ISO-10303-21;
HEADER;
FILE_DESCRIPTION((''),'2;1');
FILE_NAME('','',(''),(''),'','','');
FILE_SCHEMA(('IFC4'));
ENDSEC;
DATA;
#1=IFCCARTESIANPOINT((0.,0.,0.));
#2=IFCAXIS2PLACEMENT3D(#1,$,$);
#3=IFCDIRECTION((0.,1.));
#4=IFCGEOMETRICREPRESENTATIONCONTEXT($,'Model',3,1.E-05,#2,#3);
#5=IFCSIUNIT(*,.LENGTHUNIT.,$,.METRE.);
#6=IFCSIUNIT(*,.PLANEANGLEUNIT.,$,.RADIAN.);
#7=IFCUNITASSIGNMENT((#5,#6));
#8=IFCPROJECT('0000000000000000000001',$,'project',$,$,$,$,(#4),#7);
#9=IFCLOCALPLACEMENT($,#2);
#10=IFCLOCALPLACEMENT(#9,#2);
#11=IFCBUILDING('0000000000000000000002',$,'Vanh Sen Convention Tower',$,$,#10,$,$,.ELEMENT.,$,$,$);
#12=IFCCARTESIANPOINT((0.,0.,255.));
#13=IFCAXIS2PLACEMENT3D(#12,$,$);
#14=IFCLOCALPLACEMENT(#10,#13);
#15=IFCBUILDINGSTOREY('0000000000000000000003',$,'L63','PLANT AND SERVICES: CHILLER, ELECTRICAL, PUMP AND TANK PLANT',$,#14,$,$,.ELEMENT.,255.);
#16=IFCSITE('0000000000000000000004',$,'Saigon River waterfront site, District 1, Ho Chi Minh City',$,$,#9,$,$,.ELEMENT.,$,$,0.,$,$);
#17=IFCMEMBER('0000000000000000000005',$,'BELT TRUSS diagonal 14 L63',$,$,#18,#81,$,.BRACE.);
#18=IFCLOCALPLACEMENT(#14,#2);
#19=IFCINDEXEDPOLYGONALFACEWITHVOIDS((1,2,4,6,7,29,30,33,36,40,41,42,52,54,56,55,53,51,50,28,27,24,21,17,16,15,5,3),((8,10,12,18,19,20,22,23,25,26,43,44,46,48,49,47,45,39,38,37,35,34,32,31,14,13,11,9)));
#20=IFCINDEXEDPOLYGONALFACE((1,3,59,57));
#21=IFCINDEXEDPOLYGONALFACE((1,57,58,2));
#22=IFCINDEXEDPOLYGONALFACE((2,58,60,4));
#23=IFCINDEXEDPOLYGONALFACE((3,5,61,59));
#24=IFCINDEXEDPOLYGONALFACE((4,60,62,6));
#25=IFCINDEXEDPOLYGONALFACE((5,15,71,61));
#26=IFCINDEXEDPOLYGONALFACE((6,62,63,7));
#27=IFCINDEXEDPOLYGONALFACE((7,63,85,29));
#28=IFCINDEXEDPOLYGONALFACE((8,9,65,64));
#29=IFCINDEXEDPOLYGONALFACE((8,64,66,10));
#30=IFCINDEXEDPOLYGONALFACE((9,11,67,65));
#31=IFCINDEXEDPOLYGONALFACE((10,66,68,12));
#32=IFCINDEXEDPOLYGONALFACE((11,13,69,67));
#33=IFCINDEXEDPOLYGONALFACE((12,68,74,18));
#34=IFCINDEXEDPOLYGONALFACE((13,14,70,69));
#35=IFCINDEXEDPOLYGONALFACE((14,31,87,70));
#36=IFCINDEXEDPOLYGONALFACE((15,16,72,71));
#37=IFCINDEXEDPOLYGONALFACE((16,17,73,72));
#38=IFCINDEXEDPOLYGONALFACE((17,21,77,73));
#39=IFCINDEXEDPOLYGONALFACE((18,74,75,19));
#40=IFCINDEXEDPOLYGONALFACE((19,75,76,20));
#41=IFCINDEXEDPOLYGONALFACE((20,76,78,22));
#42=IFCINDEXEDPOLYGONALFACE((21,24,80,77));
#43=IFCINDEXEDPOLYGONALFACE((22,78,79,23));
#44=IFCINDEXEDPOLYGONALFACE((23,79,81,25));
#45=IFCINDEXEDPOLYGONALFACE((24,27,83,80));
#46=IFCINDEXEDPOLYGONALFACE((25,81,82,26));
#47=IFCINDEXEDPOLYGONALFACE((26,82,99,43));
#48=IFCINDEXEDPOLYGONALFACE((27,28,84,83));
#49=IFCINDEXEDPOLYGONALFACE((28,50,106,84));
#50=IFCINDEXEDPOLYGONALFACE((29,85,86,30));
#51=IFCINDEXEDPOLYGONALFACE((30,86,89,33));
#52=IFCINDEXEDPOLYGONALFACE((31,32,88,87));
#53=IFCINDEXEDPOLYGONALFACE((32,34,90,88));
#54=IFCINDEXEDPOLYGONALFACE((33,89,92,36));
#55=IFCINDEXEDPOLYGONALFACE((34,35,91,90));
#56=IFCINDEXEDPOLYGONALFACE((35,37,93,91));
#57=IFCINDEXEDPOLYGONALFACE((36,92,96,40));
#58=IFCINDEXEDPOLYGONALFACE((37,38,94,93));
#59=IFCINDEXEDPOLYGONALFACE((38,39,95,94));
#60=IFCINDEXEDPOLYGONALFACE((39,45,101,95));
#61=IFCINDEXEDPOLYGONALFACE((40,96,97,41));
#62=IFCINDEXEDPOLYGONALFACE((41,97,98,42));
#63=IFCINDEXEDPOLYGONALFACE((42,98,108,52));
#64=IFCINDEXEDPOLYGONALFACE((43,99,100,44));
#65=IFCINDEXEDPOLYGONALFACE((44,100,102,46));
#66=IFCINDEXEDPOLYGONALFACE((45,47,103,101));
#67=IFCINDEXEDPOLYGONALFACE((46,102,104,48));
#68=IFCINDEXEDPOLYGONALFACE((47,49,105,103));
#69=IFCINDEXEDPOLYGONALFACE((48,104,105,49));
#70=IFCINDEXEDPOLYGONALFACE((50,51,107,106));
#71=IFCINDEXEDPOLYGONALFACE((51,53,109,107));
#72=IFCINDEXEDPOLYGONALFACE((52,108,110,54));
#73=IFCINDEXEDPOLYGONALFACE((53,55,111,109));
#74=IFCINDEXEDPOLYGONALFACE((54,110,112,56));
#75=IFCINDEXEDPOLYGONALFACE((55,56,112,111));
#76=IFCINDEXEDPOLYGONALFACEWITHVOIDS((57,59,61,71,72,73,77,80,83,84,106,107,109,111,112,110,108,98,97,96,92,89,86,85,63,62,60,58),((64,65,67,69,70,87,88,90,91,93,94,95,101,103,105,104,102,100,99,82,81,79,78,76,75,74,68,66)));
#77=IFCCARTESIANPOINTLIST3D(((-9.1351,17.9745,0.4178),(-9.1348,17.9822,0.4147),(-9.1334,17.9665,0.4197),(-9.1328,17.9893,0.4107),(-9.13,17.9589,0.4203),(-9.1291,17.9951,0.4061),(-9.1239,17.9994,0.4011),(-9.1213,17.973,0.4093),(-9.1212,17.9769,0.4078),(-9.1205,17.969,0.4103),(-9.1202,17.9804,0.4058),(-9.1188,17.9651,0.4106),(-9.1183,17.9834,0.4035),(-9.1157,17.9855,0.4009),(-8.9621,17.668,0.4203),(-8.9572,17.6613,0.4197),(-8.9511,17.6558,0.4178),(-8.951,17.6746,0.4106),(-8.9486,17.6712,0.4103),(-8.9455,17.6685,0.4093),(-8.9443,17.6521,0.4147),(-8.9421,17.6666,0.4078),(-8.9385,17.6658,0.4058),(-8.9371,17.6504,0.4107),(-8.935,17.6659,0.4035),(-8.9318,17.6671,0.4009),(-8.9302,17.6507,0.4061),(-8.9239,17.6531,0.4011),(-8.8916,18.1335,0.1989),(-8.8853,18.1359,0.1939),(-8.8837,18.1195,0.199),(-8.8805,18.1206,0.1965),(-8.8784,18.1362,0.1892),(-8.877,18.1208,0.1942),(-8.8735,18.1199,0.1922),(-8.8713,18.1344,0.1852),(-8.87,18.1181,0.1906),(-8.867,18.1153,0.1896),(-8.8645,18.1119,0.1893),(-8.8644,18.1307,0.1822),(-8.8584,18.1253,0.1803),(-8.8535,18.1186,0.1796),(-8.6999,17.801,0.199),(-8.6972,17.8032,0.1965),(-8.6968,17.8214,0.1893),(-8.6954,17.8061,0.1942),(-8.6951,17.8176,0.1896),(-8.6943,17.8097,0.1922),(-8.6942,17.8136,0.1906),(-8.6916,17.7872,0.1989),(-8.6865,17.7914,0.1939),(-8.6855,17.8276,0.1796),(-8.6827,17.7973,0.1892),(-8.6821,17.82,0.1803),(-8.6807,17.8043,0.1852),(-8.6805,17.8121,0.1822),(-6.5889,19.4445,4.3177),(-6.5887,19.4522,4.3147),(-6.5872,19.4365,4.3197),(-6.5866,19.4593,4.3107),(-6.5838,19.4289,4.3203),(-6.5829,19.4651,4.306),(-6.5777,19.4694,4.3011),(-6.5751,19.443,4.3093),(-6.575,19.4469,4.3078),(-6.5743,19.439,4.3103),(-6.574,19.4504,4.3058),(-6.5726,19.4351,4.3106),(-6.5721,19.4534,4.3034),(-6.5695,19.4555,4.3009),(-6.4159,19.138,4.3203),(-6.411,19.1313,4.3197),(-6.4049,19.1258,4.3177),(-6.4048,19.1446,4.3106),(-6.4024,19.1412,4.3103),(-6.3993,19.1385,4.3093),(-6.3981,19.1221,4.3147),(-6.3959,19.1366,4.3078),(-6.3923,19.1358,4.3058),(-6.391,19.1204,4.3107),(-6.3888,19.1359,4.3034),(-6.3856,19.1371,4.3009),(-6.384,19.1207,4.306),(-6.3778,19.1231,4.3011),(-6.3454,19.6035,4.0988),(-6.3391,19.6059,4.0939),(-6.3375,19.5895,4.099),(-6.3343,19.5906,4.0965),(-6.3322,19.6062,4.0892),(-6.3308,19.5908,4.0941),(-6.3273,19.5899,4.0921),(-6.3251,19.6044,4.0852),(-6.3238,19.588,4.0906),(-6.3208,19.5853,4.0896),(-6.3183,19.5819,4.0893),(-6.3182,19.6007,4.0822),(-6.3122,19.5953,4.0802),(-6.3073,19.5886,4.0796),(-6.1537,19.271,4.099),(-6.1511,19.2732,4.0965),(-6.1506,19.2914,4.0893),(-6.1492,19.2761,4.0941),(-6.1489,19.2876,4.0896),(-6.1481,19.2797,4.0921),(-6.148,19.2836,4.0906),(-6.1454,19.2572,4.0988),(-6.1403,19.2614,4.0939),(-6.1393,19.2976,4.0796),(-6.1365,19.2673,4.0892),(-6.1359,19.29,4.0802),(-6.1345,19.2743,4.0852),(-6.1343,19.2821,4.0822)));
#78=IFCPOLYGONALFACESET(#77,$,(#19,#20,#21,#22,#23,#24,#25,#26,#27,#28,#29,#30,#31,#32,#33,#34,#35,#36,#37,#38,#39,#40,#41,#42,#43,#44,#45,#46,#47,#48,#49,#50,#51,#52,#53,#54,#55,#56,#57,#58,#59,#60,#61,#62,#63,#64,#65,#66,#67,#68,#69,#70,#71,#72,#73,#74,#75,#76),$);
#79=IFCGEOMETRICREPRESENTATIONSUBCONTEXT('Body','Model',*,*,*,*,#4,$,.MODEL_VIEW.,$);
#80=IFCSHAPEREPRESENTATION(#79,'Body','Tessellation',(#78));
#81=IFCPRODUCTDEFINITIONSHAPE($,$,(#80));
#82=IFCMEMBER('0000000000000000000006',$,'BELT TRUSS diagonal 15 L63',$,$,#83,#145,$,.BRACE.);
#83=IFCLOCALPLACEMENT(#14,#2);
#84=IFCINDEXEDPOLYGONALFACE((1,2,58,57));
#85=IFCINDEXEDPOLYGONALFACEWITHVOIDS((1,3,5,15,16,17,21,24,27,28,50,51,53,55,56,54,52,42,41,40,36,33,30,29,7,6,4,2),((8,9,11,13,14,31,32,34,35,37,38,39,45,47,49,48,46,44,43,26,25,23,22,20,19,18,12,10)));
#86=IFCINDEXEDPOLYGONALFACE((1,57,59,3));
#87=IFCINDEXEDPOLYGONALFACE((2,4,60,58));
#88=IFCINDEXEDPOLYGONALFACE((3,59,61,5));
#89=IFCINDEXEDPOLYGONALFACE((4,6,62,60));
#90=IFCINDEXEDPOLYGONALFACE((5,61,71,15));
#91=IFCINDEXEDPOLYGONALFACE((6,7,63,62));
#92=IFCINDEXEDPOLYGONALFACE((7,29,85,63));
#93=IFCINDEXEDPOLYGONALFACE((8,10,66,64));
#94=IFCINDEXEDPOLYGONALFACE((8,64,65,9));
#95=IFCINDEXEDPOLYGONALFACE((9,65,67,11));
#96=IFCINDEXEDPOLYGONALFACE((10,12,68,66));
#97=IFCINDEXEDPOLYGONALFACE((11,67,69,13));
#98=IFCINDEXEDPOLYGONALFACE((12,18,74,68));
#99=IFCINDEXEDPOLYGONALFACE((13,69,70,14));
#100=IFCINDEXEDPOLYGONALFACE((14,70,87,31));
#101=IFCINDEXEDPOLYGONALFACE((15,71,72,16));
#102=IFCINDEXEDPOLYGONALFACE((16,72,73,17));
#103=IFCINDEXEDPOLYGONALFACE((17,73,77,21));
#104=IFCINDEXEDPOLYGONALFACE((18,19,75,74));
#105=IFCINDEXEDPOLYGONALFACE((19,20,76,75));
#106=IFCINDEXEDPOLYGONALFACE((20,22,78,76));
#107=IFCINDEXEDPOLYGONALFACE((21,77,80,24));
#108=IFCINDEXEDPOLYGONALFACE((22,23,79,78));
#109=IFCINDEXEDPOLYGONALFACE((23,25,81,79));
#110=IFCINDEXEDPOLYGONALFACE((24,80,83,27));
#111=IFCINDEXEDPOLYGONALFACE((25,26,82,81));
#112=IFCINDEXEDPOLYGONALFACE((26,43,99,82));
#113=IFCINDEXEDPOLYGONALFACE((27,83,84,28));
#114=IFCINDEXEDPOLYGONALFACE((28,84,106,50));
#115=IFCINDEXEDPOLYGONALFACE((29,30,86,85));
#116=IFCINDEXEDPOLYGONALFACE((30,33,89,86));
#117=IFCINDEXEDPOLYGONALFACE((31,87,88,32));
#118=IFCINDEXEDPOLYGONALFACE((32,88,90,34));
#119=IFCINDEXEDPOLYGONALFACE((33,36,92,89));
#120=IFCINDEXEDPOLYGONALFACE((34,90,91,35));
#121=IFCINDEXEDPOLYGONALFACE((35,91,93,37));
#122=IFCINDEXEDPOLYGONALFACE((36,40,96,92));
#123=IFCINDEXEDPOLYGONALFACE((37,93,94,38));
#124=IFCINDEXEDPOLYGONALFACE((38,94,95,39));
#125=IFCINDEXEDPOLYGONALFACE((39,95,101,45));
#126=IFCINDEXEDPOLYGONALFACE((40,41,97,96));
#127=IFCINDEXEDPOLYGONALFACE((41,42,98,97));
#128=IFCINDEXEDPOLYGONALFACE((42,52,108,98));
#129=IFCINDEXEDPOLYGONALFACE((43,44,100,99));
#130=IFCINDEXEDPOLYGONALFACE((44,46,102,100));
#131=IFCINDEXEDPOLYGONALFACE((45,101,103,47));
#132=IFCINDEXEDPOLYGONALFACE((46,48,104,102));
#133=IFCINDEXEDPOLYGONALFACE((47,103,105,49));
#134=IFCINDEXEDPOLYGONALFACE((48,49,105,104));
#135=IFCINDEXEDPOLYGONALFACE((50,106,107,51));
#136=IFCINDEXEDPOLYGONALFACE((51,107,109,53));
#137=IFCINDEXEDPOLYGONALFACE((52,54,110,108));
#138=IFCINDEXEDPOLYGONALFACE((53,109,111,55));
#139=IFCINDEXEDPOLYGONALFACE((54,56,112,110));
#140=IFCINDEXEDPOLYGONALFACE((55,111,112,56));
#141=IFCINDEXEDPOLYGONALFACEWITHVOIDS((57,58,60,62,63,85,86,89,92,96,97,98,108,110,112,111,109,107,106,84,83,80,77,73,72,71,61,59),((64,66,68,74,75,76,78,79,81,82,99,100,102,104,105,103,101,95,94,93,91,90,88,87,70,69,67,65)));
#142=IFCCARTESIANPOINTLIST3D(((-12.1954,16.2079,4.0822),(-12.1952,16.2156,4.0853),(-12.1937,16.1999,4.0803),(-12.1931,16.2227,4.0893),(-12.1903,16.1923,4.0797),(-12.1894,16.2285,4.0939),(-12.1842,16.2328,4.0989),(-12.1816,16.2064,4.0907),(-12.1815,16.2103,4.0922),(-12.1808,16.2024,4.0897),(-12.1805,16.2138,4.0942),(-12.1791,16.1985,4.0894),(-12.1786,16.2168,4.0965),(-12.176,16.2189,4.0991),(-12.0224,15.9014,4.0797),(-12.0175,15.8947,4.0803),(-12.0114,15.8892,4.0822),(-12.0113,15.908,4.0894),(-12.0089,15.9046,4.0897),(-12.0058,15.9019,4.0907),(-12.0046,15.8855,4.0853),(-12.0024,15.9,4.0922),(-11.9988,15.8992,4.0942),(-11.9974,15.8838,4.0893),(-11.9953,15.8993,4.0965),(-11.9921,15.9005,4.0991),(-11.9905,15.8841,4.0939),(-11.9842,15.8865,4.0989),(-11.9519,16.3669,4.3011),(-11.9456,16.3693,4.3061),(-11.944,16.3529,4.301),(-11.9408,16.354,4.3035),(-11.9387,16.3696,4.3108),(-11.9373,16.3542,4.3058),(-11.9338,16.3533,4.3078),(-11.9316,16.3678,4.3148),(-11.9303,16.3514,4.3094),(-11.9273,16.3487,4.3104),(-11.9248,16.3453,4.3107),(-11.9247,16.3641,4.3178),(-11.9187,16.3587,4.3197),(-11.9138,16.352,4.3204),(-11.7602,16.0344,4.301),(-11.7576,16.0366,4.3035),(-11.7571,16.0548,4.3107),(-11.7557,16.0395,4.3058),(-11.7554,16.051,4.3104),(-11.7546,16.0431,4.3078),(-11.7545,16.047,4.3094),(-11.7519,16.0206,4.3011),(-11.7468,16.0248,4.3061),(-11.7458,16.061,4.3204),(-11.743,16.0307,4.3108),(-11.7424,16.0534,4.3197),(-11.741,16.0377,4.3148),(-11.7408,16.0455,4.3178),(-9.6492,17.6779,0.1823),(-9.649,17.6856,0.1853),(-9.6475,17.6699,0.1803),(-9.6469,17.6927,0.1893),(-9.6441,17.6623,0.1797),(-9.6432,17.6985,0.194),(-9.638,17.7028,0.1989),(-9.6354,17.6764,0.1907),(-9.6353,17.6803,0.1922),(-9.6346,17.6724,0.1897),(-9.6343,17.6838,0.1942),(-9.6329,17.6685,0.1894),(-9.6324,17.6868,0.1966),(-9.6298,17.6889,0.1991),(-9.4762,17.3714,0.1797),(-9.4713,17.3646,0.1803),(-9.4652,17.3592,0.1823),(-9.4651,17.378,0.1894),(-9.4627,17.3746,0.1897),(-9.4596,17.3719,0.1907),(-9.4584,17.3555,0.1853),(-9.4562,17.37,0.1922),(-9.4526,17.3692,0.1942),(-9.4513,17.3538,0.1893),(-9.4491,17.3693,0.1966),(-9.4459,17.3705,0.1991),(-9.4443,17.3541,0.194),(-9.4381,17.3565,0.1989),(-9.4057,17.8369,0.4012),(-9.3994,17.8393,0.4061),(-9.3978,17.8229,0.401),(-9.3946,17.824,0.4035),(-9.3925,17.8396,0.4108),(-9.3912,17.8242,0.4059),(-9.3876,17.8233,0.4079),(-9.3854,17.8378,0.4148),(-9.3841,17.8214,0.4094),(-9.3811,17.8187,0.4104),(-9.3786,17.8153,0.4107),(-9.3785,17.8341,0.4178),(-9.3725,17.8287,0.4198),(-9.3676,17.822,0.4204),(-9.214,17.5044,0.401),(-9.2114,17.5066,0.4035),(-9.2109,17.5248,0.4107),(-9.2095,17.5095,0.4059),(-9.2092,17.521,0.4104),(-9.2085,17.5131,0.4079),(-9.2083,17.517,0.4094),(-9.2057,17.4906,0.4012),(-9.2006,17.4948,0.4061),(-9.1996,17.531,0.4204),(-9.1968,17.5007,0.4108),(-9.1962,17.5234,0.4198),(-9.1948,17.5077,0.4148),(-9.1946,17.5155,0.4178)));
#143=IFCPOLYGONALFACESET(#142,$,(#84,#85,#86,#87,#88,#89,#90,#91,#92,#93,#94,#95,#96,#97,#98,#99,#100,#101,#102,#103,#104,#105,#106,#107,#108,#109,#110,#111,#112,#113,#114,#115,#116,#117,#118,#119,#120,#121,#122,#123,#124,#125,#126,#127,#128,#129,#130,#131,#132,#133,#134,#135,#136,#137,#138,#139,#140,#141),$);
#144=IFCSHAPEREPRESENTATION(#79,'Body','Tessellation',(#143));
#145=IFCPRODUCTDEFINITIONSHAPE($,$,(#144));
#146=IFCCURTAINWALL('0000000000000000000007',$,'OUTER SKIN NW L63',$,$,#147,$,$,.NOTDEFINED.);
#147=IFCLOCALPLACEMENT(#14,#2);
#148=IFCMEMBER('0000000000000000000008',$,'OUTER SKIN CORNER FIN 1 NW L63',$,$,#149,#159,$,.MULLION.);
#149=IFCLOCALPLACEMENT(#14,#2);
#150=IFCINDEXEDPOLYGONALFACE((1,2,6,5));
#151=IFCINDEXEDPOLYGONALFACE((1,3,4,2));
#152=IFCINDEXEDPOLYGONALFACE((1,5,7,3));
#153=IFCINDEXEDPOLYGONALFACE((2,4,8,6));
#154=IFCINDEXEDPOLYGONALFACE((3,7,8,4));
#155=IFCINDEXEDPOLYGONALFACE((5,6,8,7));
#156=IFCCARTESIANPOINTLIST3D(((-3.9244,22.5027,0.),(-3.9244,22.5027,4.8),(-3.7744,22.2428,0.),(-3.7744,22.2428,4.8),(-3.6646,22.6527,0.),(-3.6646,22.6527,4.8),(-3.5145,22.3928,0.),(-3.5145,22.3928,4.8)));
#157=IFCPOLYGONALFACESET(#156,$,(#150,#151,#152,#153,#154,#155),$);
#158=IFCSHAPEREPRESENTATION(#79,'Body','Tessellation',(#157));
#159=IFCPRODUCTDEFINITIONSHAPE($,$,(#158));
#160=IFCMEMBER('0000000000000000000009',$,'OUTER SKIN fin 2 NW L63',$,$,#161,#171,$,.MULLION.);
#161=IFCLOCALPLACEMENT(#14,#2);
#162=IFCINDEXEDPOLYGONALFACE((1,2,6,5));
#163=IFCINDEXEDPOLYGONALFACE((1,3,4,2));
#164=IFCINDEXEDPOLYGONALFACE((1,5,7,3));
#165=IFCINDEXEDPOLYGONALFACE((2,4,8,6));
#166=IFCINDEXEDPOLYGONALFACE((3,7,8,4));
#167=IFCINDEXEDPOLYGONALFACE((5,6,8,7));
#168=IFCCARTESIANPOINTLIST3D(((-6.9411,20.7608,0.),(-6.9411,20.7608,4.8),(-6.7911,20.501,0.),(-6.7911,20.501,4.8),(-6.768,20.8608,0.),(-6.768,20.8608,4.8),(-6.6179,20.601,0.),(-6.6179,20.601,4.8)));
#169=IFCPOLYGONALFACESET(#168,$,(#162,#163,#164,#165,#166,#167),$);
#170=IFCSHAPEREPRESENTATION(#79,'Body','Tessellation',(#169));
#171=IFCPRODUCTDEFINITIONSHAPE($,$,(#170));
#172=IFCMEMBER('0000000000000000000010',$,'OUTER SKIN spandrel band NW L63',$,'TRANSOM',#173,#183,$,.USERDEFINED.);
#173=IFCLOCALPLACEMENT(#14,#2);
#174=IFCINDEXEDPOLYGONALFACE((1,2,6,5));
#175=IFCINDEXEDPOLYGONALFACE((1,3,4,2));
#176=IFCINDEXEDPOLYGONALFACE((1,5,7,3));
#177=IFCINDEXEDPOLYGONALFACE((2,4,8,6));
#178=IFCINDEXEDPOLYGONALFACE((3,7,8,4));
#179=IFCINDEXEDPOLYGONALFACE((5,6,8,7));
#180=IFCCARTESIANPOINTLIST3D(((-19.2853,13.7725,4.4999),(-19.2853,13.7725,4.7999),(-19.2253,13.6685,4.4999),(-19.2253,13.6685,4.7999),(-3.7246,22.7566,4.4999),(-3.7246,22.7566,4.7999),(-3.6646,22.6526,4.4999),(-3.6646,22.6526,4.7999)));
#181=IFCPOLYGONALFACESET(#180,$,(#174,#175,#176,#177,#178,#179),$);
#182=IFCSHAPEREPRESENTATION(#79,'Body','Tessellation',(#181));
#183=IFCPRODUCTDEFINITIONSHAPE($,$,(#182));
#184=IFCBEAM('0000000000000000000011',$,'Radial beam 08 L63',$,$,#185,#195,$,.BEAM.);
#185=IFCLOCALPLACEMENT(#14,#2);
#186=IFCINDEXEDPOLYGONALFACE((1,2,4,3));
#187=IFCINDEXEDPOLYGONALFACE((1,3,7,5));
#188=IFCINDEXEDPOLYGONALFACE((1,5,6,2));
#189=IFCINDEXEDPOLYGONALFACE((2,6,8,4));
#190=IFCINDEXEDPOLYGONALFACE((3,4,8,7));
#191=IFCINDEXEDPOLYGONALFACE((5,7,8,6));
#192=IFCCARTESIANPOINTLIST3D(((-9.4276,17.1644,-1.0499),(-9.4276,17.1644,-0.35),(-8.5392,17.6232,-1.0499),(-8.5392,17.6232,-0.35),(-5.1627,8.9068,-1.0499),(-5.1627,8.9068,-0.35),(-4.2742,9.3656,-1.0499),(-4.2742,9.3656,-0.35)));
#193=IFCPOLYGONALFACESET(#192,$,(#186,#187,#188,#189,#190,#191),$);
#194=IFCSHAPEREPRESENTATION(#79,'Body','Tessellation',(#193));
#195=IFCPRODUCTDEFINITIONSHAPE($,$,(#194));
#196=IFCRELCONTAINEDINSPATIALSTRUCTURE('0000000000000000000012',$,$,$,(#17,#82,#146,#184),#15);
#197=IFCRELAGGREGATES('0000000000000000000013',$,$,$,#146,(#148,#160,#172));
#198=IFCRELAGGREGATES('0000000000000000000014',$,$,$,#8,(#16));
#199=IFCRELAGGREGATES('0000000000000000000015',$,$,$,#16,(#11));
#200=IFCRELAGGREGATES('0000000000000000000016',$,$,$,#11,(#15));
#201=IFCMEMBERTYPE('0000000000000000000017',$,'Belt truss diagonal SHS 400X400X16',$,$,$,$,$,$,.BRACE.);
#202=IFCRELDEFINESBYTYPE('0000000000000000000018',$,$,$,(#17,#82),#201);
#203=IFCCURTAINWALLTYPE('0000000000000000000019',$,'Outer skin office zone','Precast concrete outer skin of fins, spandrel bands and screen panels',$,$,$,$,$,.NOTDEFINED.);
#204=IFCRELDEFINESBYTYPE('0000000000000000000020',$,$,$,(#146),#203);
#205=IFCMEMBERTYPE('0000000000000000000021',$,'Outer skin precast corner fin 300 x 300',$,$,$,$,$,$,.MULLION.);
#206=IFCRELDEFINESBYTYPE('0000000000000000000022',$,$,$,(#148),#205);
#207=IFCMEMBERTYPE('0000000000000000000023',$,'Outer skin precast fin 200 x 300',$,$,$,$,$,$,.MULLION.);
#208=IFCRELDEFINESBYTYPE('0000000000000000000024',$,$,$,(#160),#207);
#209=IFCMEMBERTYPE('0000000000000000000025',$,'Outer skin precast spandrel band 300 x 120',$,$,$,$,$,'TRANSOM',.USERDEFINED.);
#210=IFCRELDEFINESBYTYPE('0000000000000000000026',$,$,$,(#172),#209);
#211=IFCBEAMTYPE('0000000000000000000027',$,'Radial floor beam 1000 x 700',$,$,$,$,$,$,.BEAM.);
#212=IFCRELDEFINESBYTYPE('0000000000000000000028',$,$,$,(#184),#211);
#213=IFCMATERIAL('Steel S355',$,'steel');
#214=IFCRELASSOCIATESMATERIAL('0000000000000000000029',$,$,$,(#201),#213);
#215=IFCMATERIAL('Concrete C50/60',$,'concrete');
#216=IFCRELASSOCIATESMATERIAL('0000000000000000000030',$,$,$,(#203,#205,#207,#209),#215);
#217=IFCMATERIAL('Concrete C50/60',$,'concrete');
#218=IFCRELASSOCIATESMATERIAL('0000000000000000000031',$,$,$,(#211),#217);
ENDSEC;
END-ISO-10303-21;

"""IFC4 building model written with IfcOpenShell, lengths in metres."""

from ifc_helpers import new_model, si_unit, direction, frame, origin, origin_2d, place, context, subcontext, project, spatial, rectangle, hollow_rectangle, extrude, material, material_profile, profile_set, type_object, element, aggregate, save


model = new_model("IFC4")

# Units and contexts
model_context = context("Model", 3, precision=1e-05, world=origin(), true_north=direction((0.0, 1.0)))
body_context = subcontext(model_context, "Body", "Model", "MODEL_VIEW")
ifc_project = project(units=[si_unit("LENGTHUNIT", "METRE"), si_unit("PLANEANGLEUNIT", "RADIAN")], contexts=[model_context])

# Site, building, storey
site_placement = place(None, origin())
site = spatial("IfcSite", under=ifc_project, at=site_placement, Name="Saigon River waterfront site, District 1, Ho Chi Minh City", CompositionType="ELEMENT", RefElevation=0.0)
building_placement = place(site_placement, origin())
building = spatial("IfcBuilding", under=site, at=building_placement, Name="Vanh Sen Convention Tower", CompositionType="ELEMENT")
storey_placement = place(building_placement, frame((0.0, 0.0, 255.0)))
storey = spatial("IfcBuildingStorey", under=building, at=storey_placement, Name="L63", Description="PLANT AND SERVICES: CHILLER, ELECTRICAL, PUMP AND TANK PLANT", CompositionType="ELEMENT", Elevation=255.0)

# Members
ifc_material_1 = material(Name="Steel S355", Category="steel")
ifc_material_profile_1 = material_profile(ifc_material_1, hollow_rectangle(XDim=0.3999, YDim=0.3999, WallThickness=0.0161, InnerFilletRadius=0.0161, OuterFilletRadius=0.032, at=origin_2d()), Name="SHS 400X400X16")
ifc_profile_set_1 = profile_set([ifc_material_profile_1], Name="Steel S355")
member_type_1 = type_object("IfcMemberType", Name="Belt truss diagonal SHS 400X400X16", PredefinedType="BRACE", material=ifc_profile_set_1)
for number, where, z_axis, x_axis, name in (
    (1, (-6.3616, 19.3633, 4.2), (-0.521329, -0.30098, -0.798515), (0.499988, -0.866032, 0.0), "BELT TRUSS diagonal 14 L63"),
    (2, (-9.4219, 17.5967, 0.3), (-0.521329, -0.30098, 0.798515), (0.499988, -0.866032, 0.0), "BELT TRUSS diagonal 15 L63"),
):
    element("IfcMember", number, at=place(storey_placement, frame(where, z_axis=z_axis, x_axis=x_axis)), inside=storey, type_object=member_type_1, Name=name, PredefinedType="BRACE", context=body_context, shape_type="SweptSolid", body=[
        extrude(hollow_rectangle(XDim=0.3999, YDim=0.3999, WallThickness=0.0161, InnerFilletRadius=0.0161, OuterFilletRadius=0.032, at=origin_2d()), origin(), (0.0, 0.0, 1.0), 4.884),
    ])

# Curtain wall, members
ifc_material_2 = material(Name="Concrete C50/60", Category="concrete")
curtain_wall_type = type_object("IfcCurtainWallType", Name="Outer skin office zone", Description="Precast concrete outer skin of fins, spandrel bands and screen panels", PredefinedType="NOTDEFINED", material=ifc_material_2)
curtain_wall_1_placement = place(storey_placement, origin())
curtain_wall_1 = element("IfcCurtainWall", 3, at=curtain_wall_1_placement, inside=storey, type_object=curtain_wall_type, Name="OUTER SKIN NW L63", PredefinedType="NOTDEFINED")
ifc_material_profile_2 = material_profile(ifc_material_2, rectangle(XDim=0.3, YDim=0.3, at=origin_2d()), Name="Outer skin precast corner fin 300 x 300")
ifc_profile_set_2 = profile_set([ifc_material_profile_2], Name="Concrete C50/60")
member_type_2 = type_object("IfcMemberType", Name="Outer skin precast corner fin 300 x 300", PredefinedType="MULLION", material=ifc_profile_set_2)
member_1_placement = place(storey_placement, frame((-3.7195, 22.4478, 0.0), z_axis=(0.0, 0.0, 1.0), x_axis=(-0.866025, -0.5, 0.0)))
member_1 = element("IfcMember", 4, at=member_1_placement, type_object=member_type_2, Name="OUTER SKIN CORNER FIN 1 NW L63", PredefinedType="MULLION", context=body_context, shape_type="SweptSolid", body=[
    extrude(rectangle(XDim=0.3, YDim=0.3, at=origin_2d()), origin(), (0.0, 0.0, 1.0), 4.8),
])
ifc_material_profile_3 = material_profile(ifc_material_2, rectangle(XDim=0.2, YDim=0.3, at=origin_2d()), Name="Outer skin precast fin 200 x 300")
ifc_profile_set_3 = profile_set([ifc_material_profile_3], Name="Concrete C50/60")
member_type_3 = type_object("IfcMemberType", Name="Outer skin precast fin 200 x 300", PredefinedType="MULLION", material=ifc_profile_set_3)
member_2_placement = place(storey_placement, frame((-6.7795, 20.6809, 0.0), z_axis=(0.0, 0.0, 1.0), x_axis=(-0.866025, -0.5, 0.0)))
member_2 = element("IfcMember", 5, at=member_2_placement, type_object=member_type_3, Name="OUTER SKIN fin 2 NW L63", PredefinedType="MULLION", context=body_context, shape_type="SweptSolid", body=[
    extrude(rectangle(XDim=0.2, YDim=0.3, at=origin_2d()), origin(), (0.0, 0.0, 1.0), 4.8),
])
ifc_material_profile_4 = material_profile(ifc_material_2, rectangle(XDim=0.1201, YDim=0.3, at=origin_2d()), Name="Outer skin precast spandrel band 300 x 120")
ifc_profile_set_4 = profile_set([ifc_material_profile_4], Name="Concrete C50/60")
member_type_4 = type_object("IfcMemberType", Name="Outer skin precast spandrel band 300 x 120", ElementType="TRANSOM", PredefinedType="USERDEFINED", material=ifc_profile_set_4)
member_3_placement = place(storey_placement, frame((-3.6946, 22.7046, 4.6499), z_axis=(-0.866023, -0.500004, 0.0), x_axis=(0.500004, -0.866023, 0.0)))
member_3 = element("IfcMember", 6, at=member_3_placement, type_object=member_type_4, Name="OUTER SKIN spandrel band NW L63", ObjectType="TRANSOM", PredefinedType="USERDEFINED", context=body_context, shape_type="SweptSolid", body=[
    extrude(rectangle(XDim=0.1201, YDim=0.3, at=origin_2d()), origin(), (0.0, 0.0, 1.0), 17.968),
])

# Beam
ifc_material_3 = material(Name="Concrete C50/60", Category="concrete")
ifc_material_profile_5 = material_profile(ifc_material_3, rectangle(XDim=1.0, YDim=0.7, at=origin_2d()), Name="RC 1000X700")
ifc_profile_set_5 = profile_set([ifc_material_profile_5], Name="Concrete C50/60")
beam_type_1 = type_object("IfcBeamType", Name="Radial floor beam 1000 x 700", PredefinedType="BEAM", material=ifc_profile_set_5)
beam_1_placement = place(storey_placement, frame((-8.9834, 17.3938, -0.7), z_axis=(0.458891, -0.888492, 0.0), x_axis=(0.888492, 0.458891, 0.0)))
element("IfcBeam", 7, at=beam_1_placement, inside=storey, type_object=beam_type_1, Name="Radial beam 08 L63", PredefinedType="BEAM", context=body_context, shape_type="SweptSolid", body=[
    extrude(rectangle(XDim=1.0, YDim=0.7, at=origin_2d()), origin(), (0.0, 0.0, 1.0), 9.2939),
])

aggregate(curtain_wall_1, [member_1, member_2, member_3])

save(model, "model.ifc")
